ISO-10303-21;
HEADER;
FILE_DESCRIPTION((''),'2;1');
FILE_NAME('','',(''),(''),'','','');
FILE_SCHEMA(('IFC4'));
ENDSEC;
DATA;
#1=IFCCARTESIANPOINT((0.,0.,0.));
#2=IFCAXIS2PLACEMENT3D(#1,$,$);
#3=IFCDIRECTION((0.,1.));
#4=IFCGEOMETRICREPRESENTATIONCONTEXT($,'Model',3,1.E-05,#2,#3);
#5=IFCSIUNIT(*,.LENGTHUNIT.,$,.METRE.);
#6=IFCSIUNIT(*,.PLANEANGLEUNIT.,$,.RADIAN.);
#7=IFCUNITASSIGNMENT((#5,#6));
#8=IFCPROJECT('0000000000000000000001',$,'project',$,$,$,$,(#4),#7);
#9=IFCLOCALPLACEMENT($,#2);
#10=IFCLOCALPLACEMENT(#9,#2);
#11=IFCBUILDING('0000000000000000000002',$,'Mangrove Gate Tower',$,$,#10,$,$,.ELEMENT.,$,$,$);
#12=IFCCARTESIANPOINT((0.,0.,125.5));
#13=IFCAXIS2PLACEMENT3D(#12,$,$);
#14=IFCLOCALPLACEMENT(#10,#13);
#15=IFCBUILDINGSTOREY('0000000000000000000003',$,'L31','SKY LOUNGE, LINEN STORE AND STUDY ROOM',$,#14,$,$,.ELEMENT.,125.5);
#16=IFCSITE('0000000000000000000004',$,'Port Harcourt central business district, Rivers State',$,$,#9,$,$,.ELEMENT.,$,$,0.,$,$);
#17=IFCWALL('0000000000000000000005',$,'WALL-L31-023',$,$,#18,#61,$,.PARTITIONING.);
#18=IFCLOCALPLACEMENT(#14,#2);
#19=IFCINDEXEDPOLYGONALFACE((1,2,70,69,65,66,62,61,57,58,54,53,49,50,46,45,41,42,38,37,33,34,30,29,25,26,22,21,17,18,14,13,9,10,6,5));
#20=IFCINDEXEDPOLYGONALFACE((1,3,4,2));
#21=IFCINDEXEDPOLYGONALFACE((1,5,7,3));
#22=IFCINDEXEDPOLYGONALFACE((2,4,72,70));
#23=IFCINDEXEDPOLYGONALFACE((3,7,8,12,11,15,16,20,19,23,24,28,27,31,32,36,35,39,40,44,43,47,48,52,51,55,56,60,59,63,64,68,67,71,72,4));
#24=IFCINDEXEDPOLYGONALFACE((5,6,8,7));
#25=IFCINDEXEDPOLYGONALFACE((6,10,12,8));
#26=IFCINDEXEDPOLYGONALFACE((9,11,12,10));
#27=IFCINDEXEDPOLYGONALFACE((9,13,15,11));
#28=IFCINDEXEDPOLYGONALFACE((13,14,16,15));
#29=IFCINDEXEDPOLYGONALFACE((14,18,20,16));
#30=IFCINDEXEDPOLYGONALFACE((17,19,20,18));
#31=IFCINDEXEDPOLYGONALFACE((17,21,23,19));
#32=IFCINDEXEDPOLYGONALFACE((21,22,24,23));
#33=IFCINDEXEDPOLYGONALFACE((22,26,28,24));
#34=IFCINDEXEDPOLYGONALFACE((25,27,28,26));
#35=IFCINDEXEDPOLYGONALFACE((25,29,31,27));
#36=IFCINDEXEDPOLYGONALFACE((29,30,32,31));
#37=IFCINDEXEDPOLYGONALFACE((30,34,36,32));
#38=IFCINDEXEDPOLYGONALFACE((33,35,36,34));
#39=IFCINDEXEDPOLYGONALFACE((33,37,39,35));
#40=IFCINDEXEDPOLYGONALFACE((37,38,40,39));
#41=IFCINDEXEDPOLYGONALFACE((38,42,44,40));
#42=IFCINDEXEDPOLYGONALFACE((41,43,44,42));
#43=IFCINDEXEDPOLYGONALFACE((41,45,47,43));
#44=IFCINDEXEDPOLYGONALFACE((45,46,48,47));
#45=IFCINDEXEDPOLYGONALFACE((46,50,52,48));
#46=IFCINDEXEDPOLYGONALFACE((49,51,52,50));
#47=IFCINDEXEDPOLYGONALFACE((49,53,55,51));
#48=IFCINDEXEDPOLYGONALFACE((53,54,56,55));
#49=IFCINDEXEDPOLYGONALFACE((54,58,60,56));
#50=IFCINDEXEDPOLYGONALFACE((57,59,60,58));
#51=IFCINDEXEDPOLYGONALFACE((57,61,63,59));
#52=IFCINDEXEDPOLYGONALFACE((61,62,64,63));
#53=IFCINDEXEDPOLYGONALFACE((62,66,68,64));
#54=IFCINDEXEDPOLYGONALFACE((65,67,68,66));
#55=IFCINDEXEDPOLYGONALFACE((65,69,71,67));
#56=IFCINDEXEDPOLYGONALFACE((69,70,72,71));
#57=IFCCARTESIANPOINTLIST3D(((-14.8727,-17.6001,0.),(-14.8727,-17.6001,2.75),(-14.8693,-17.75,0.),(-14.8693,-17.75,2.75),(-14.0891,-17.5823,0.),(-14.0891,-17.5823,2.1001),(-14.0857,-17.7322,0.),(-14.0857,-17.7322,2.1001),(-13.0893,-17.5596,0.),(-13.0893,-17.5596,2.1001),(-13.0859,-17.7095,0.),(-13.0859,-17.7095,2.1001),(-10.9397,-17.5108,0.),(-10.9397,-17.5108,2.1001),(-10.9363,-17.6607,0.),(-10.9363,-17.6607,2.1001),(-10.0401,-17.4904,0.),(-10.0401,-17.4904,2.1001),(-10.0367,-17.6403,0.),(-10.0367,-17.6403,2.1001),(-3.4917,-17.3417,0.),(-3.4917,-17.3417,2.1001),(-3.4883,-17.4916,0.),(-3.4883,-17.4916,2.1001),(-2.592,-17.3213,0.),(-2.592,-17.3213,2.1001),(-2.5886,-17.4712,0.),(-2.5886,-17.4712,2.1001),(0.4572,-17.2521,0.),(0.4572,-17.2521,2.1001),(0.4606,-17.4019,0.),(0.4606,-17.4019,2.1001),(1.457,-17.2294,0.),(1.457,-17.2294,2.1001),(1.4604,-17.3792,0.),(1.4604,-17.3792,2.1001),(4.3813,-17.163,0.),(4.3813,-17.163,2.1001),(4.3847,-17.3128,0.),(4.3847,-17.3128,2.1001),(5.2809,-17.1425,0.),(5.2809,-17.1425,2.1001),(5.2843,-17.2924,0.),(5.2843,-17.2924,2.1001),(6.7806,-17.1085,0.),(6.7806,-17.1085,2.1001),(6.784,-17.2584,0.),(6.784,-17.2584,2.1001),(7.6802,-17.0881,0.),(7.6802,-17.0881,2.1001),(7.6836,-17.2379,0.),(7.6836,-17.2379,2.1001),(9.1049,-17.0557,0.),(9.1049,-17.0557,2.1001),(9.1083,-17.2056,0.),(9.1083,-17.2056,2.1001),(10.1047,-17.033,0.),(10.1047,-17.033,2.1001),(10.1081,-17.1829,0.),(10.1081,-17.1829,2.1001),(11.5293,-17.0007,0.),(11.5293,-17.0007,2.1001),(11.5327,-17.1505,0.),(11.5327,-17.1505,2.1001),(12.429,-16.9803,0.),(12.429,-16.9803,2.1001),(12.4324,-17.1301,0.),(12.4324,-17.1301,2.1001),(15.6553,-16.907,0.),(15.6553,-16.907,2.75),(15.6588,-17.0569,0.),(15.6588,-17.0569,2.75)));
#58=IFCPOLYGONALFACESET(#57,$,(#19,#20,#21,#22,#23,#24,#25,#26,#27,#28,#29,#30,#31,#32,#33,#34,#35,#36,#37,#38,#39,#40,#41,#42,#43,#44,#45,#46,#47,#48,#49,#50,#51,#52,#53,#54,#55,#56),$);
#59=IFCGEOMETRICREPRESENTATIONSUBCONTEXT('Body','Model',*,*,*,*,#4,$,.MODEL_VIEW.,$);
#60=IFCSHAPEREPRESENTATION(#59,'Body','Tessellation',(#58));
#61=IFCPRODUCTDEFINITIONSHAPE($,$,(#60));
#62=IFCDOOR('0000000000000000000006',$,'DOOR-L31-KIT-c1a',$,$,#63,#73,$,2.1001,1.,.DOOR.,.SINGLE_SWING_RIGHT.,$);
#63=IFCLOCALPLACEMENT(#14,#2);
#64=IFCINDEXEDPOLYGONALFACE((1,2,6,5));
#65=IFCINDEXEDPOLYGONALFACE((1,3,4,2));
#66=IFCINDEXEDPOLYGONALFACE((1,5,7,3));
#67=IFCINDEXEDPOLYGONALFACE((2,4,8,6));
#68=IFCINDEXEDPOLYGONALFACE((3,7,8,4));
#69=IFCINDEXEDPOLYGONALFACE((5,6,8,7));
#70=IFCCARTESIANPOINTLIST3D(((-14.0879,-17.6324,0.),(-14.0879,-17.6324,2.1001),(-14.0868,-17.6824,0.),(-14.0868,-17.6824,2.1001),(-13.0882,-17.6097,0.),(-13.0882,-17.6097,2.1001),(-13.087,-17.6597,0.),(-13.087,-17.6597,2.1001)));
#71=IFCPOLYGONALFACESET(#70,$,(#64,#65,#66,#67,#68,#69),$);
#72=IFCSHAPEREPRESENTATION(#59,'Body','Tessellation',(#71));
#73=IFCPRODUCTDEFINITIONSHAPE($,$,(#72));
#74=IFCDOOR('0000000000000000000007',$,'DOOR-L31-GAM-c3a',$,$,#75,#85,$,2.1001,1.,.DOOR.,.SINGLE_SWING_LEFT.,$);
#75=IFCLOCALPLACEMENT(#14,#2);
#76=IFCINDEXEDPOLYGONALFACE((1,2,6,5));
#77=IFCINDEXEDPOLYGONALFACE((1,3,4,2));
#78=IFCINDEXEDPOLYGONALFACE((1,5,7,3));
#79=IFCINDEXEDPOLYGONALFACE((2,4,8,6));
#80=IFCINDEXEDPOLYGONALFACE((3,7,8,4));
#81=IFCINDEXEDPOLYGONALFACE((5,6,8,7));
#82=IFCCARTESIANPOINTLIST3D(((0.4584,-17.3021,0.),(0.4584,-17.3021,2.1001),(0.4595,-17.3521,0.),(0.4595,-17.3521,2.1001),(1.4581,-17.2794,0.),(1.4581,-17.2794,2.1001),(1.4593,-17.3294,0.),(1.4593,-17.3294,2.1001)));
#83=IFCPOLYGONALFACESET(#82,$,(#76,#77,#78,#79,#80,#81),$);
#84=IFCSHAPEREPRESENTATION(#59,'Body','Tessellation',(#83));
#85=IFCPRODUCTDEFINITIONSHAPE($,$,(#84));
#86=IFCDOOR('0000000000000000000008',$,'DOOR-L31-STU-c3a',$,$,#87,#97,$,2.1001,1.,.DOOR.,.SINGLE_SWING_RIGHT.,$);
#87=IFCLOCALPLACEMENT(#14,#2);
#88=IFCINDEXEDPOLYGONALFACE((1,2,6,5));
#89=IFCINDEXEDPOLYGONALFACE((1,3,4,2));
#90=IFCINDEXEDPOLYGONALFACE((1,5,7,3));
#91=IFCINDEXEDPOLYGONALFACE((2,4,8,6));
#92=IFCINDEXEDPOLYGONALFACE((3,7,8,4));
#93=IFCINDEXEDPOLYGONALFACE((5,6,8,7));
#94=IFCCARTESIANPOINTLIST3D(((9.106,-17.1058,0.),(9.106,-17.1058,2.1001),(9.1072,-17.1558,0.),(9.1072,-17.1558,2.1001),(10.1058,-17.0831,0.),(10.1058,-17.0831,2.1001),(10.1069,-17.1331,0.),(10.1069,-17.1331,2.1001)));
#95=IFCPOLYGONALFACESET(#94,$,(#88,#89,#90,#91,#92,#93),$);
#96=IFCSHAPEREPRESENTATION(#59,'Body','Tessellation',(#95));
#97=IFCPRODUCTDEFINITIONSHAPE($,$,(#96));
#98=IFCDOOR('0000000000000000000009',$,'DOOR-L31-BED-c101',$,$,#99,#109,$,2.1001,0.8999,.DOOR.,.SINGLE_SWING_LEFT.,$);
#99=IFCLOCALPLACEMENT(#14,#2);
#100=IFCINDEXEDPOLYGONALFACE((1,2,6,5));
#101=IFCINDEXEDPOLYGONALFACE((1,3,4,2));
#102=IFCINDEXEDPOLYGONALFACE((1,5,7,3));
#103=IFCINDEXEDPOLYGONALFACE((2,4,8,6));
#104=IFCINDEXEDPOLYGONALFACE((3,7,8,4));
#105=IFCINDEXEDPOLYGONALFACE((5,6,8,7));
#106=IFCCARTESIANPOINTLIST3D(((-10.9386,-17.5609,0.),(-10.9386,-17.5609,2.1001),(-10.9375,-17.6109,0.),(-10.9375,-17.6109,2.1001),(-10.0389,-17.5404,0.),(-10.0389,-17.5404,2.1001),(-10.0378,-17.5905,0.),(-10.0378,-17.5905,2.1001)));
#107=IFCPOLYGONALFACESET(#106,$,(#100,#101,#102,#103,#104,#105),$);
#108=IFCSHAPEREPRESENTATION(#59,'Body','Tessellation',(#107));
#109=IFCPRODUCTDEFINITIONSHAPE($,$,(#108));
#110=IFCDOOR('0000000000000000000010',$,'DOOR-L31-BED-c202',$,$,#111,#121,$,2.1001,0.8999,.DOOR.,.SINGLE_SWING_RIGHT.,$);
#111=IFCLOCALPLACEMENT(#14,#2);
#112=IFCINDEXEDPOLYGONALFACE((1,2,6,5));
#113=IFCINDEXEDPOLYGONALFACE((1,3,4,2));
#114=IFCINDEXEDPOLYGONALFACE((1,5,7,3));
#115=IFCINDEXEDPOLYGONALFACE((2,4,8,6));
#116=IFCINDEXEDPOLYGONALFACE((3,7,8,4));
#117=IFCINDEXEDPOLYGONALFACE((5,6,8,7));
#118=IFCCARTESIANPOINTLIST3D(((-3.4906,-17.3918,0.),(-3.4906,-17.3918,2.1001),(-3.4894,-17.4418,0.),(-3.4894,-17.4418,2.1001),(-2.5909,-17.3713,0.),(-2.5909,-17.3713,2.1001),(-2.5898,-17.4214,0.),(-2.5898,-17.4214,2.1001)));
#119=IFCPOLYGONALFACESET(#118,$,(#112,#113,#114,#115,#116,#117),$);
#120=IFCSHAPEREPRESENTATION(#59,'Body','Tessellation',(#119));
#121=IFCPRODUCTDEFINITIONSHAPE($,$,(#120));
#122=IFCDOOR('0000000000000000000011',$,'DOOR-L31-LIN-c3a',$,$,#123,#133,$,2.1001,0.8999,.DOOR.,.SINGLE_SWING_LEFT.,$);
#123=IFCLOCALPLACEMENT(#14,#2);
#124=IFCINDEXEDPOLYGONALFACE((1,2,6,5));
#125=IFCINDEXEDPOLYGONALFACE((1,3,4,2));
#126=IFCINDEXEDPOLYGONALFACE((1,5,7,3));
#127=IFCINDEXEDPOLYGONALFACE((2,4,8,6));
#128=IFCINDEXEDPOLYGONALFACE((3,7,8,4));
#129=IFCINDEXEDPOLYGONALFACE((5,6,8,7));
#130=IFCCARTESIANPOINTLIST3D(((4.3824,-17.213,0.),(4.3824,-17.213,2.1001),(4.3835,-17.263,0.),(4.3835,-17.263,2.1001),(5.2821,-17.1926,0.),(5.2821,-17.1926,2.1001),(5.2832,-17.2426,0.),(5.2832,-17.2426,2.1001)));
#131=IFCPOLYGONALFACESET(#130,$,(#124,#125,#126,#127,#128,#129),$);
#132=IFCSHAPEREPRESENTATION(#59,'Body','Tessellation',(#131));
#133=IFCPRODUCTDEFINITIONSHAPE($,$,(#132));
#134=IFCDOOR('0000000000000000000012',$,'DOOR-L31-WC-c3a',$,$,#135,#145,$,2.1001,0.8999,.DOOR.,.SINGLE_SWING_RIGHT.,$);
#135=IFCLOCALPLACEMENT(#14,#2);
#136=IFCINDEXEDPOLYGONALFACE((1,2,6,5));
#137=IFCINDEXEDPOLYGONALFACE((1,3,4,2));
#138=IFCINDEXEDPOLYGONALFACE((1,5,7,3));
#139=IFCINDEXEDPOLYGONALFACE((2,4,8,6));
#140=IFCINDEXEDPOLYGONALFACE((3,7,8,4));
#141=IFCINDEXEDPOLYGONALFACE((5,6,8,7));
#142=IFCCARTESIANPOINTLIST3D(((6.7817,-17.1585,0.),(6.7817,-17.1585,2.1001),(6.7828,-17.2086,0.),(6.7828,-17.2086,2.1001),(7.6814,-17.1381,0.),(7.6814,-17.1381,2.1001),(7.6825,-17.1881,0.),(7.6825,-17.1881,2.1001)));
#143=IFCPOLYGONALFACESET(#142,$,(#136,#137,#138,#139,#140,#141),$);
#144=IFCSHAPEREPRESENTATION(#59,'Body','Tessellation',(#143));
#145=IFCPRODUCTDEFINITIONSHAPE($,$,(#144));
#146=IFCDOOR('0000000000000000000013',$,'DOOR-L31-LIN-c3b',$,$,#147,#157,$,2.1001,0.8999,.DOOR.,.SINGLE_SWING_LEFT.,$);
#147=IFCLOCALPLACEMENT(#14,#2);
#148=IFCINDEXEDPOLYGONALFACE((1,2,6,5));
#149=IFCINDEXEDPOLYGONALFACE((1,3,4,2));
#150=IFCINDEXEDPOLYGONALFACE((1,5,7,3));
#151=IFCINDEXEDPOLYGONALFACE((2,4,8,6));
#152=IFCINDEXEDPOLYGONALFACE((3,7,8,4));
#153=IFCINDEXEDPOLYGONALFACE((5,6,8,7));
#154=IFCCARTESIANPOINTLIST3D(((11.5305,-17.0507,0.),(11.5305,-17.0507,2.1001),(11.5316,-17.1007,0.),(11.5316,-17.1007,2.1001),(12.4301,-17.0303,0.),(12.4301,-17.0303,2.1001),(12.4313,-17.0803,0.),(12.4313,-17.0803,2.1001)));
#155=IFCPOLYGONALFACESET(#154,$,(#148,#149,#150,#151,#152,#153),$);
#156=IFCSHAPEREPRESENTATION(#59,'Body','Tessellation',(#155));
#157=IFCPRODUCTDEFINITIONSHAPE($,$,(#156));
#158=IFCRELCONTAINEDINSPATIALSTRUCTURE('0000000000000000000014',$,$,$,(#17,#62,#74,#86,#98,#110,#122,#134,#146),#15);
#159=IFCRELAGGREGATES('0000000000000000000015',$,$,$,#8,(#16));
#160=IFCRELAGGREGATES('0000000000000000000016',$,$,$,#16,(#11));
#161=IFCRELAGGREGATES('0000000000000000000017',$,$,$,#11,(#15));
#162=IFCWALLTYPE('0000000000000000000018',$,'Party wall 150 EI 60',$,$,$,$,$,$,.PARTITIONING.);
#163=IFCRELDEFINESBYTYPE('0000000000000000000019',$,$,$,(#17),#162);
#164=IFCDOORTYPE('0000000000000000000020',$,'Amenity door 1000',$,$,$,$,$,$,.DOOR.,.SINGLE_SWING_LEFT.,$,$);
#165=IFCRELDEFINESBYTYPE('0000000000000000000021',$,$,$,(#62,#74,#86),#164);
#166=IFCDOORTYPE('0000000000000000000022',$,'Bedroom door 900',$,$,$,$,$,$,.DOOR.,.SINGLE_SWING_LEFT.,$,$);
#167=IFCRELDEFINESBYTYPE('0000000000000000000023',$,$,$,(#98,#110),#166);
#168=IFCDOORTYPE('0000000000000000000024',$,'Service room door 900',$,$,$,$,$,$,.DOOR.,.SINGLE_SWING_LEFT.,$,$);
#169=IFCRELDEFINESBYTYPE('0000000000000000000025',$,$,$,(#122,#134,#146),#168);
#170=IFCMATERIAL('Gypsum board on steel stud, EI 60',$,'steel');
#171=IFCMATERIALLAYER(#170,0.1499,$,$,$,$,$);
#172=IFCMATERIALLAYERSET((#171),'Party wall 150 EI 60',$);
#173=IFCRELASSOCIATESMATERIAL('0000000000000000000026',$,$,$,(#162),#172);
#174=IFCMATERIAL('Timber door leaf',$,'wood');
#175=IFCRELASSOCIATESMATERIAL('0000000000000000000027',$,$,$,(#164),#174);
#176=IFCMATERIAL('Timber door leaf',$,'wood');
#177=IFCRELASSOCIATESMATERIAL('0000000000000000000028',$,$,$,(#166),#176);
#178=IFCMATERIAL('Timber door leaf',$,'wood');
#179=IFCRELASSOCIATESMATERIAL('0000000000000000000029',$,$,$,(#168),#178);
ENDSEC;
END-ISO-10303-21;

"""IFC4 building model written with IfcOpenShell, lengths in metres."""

from ifc_helpers import new_model, si_unit, direction, frame, frame_2d, origin, place, context, subcontext, project, spatial, rectangle, extrude, material, layer, layer_set, type_object, element, fill, save


model = new_model("IFC4")

# Units and contexts
model_context = context("Model", 3, precision=1e-05, world=origin(), true_north=direction((0.0, 1.0)))
body_context = subcontext(model_context, "Body", "Model", "MODEL_VIEW")
ifc_project = project(units=[si_unit("LENGTHUNIT", "METRE"), si_unit("PLANEANGLEUNIT", "RADIAN")], contexts=[model_context])

# Site, building, storey
site_placement = place(None, origin())
site = spatial("IfcSite", under=ifc_project, at=site_placement, Name="Port Harcourt central business district, Rivers State", CompositionType="ELEMENT", RefElevation=0.0)
building_placement = place(site_placement, origin())
building = spatial("IfcBuilding", under=site, at=building_placement, Name="Mangrove Gate Tower", CompositionType="ELEMENT")
storey_placement = place(building_placement, frame((0.0, 0.0, 125.5)))
storey = spatial("IfcBuildingStorey", under=building, at=storey_placement, Name="L31", Description="SKY LOUNGE, LINEN STORE AND STUDY ROOM", CompositionType="ELEMENT", Elevation=125.5)

# Shared definitions
ifc_material_1 = material(Name="Gypsum board on steel stud, EI 60", Category="steel")
ifc_layer = layer(ifc_material_1, 0.1499)
ifc_layer_set = layer_set([ifc_layer], Name="Party wall 150 EI 60")
wall_type = type_object("IfcWallType", Name="Party wall 150 EI 60", PredefinedType="PARTITIONING", material=ifc_layer_set)

# Wall, openings, doors
wall_1_placement = place(storey_placement, frame((-14.8711, -17.675, 0.0), z_axis=(0.0, 0.0, 1.0), x_axis=(0.999742, 0.022698, 0.0)))
wall_1 = element("IfcWall", 1, at=wall_1_placement, inside=storey, type_object=wall_type, Name="WALL-L31-023", PredefinedType="PARTITIONING", context=body_context, shape_type="SweptSolid", body=[
    extrude(rectangle(XDim=30.5359, YDim=0.1499, at=frame_2d((15.2681, 0.0))), origin(), (0.0, 0.0, 1.0), 2.75),
])
opening_1_placement = place(wall_1_placement, frame((0.7839, 0.0, 0.0)))
opening_1 = element("IfcOpeningElement", 2, at=opening_1_placement, cuts=wall_1, PredefinedType="OPENING", context=body_context, shape_type="SweptSolid", body=[
    extrude(rectangle(XDim=1.0, YDim=2.1001, at=frame_2d((0.5, 1.05))), frame((0.0, 0.085, 0.0), z_axis=(0.0, -1.0, 0.0), x_axis=(1.0, 0.0, 0.0)), (0.0, 0.0, 1.0), 0.1699),
])
opening_2_placement = place(wall_1_placement, frame((3.9341, 0.0, 0.0)))
opening_2 = element("IfcOpeningElement", 3, at=opening_2_placement, cuts=wall_1, PredefinedType="OPENING", context=body_context, shape_type="SweptSolid", body=[
    extrude(rectangle(XDim=0.8999, YDim=2.1001, at=frame_2d((0.45, 1.05))), frame((0.0, 0.085, 0.0), z_axis=(0.0, -1.0, 0.0), x_axis=(1.0, 0.0, 0.0)), (0.0, 0.0, 1.0), 0.1699),
])
opening_3_placement = place(wall_1_placement, frame((11.384, 0.0, 0.0)))
opening_3 = element("IfcOpeningElement", 4, at=opening_3_placement, cuts=wall_1, PredefinedType="OPENING", context=body_context, shape_type="SweptSolid", body=[
    extrude(rectangle(XDim=0.8999, YDim=2.1001, at=frame_2d((0.45, 1.05))), frame((0.0, 0.085, 0.0), z_axis=(0.0, -1.0, 0.0), x_axis=(1.0, 0.0, 0.0)), (0.0, 0.0, 1.0), 0.1699),
])
opening_4_placement = place(wall_1_placement, frame((15.334, 0.0, 0.0)))
opening_4 = element("IfcOpeningElement", 5, at=opening_4_placement, cuts=wall_1, PredefinedType="OPENING", context=body_context, shape_type="SweptSolid", body=[
    extrude(rectangle(XDim=1.0, YDim=2.1001, at=frame_2d((0.5, 1.05))), frame((0.0, 0.085, 0.0), z_axis=(0.0, -1.0, 0.0), x_axis=(1.0, 0.0, 0.0)), (0.0, 0.0, 1.0), 0.1699),
])
opening_5_placement = place(wall_1_placement, frame((19.259, 0.0, 0.0)))
opening_5 = element("IfcOpeningElement", 6, at=opening_5_placement, cuts=wall_1, PredefinedType="OPENING", context=body_context, shape_type="SweptSolid", body=[
    extrude(rectangle(XDim=0.8999, YDim=2.1001, at=frame_2d((0.45, 1.05))), frame((0.0, 0.085, 0.0), z_axis=(0.0, -1.0, 0.0), x_axis=(1.0, 0.0, 0.0)), (0.0, 0.0, 1.0), 0.1699),
])
opening_6_placement = place(wall_1_placement, frame((23.9839, 0.0, 0.0)))
opening_6 = element("IfcOpeningElement", 7, at=opening_6_placement, cuts=wall_1, PredefinedType="OPENING", context=body_context, shape_type="SweptSolid", body=[
    extrude(rectangle(XDim=1.0, YDim=2.1001, at=frame_2d((0.5, 1.05))), frame((0.0, 0.085, 0.0), z_axis=(0.0, -1.0, 0.0), x_axis=(1.0, 0.0, 0.0)), (0.0, 0.0, 1.0), 0.1699),
])
opening_7_placement = place(wall_1_placement, frame((21.6589, 0.0, 0.0)))
opening_7 = element("IfcOpeningElement", 8, at=opening_7_placement, cuts=wall_1, PredefinedType="OPENING", context=body_context, shape_type="SweptSolid", body=[
    extrude(rectangle(XDim=0.8999, YDim=2.1001, at=frame_2d((0.45, 1.05))), frame((0.0, 0.085, 0.0), z_axis=(0.0, -1.0, 0.0), x_axis=(1.0, 0.0, 0.0)), (0.0, 0.0, 1.0), 0.1699),
])
opening_8_placement = place(wall_1_placement, frame((26.4089, 0.0, 0.0)))
opening_8 = element("IfcOpeningElement", 9, at=opening_8_placement, cuts=wall_1, PredefinedType="OPENING", context=body_context, shape_type="SweptSolid", body=[
    extrude(rectangle(XDim=0.8999, YDim=2.1001, at=frame_2d((0.45, 1.05))), frame((0.0, 0.085, 0.0), z_axis=(0.0, -1.0, 0.0), x_axis=(1.0, 0.0, 0.0)), (0.0, 0.0, 1.0), 0.1699),
])
ifc_material_2 = material(Name="Timber door leaf", Category="wood")
door_type_1 = type_object("IfcDoorType", Name="Amenity door 1000", OperationType="SINGLE_SWING_LEFT", PredefinedType="DOOR", material=ifc_material_2)
door_1_placement = place(opening_1_placement, origin())
door_1 = element("IfcDoor", 10, at=door_1_placement, inside=storey, type_object=door_type_1, Name="DOOR-L31-KIT-c1a", OperationType="SINGLE_SWING_RIGHT", OverallHeight=2.1001, OverallWidth=1.0, PredefinedType="DOOR", context=body_context, shape_type="SweptSolid", body=[
    extrude(rectangle(XDim=1.0, YDim=2.1001, at=frame_2d((0.5, 1.05))), frame((0.0, 0.0249, 0.0), z_axis=(0.0, -1.0, 0.0), x_axis=(1.0, 0.0, 0.0)), (0.0, 0.0, 1.0), 0.05),
])
fill(opening_1, door_1)
door_2_placement = place(opening_4_placement, origin())
door_2 = element("IfcDoor", 11, at=door_2_placement, inside=storey, type_object=door_type_1, Name="DOOR-L31-GAM-c3a", OperationType="SINGLE_SWING_LEFT", OverallHeight=2.1001, OverallWidth=1.0, PredefinedType="DOOR", context=body_context, shape_type="SweptSolid", body=[
    extrude(rectangle(XDim=1.0, YDim=2.1001, at=frame_2d((0.5, 1.05))), frame((0.0, 0.0249, 0.0), z_axis=(0.0, -1.0, 0.0), x_axis=(1.0, 0.0, 0.0)), (0.0, 0.0, 1.0), 0.05),
])
fill(opening_4, door_2)
door_3_placement = place(opening_6_placement, origin())
door_3 = element("IfcDoor", 12, at=door_3_placement, inside=storey, type_object=door_type_1, Name="DOOR-L31-STU-c3a", OperationType="SINGLE_SWING_RIGHT", OverallHeight=2.1001, OverallWidth=1.0, PredefinedType="DOOR", context=body_context, shape_type="SweptSolid", body=[
    extrude(rectangle(XDim=1.0, YDim=2.1001, at=frame_2d((0.5, 1.05))), frame((0.0, 0.0249, 0.0), z_axis=(0.0, -1.0, 0.0), x_axis=(1.0, 0.0, 0.0)), (0.0, 0.0, 1.0), 0.05),
])
fill(opening_6, door_3)
ifc_material_3 = material(Name="Timber door leaf", Category="wood")
door_type_2 = type_object("IfcDoorType", Name="Bedroom door 900", OperationType="SINGLE_SWING_LEFT", PredefinedType="DOOR", material=ifc_material_3)
door_4_placement = place(opening_2_placement, origin())
door_4 = element("IfcDoor", 13, at=door_4_placement, inside=storey, type_object=door_type_2, Name="DOOR-L31-BED-c101", OperationType="SINGLE_SWING_LEFT", OverallHeight=2.1001, OverallWidth=0.8999, PredefinedType="DOOR", context=body_context, shape_type="SweptSolid", body=[
    extrude(rectangle(XDim=0.8999, YDim=2.1001, at=frame_2d((0.45, 1.05))), frame((0.0, 0.0249, 0.0), z_axis=(0.0, -1.0, 0.0), x_axis=(1.0, 0.0, 0.0)), (0.0, 0.0, 1.0), 0.05),
])
fill(opening_2, door_4)
door_5_placement = place(opening_3_placement, origin())
door_5 = element("IfcDoor", 14, at=door_5_placement, inside=storey, type_object=door_type_2, Name="DOOR-L31-BED-c202", OperationType="SINGLE_SWING_RIGHT", OverallHeight=2.1001, OverallWidth=0.8999, PredefinedType="DOOR", context=body_context, shape_type="SweptSolid", body=[
    extrude(rectangle(XDim=0.8999, YDim=2.1001, at=frame_2d((0.45, 1.05))), frame((0.0, 0.0249, 0.0), z_axis=(0.0, -1.0, 0.0), x_axis=(1.0, 0.0, 0.0)), (0.0, 0.0, 1.0), 0.05),
])
fill(opening_3, door_5)
ifc_material_4 = material(Name="Timber door leaf", Category="wood")
door_type_3 = type_object("IfcDoorType", Name="Service room door 900", OperationType="SINGLE_SWING_LEFT", PredefinedType="DOOR", material=ifc_material_4)
door_6_placement = place(opening_5_placement, origin())
door_6 = element("IfcDoor", 15, at=door_6_placement, inside=storey, type_object=door_type_3, Name="DOOR-L31-LIN-c3a", OperationType="SINGLE_SWING_LEFT", OverallHeight=2.1001, OverallWidth=0.8999, PredefinedType="DOOR", context=body_context, shape_type="SweptSolid", body=[
    extrude(rectangle(XDim=0.8999, YDim=2.1001, at=frame_2d((0.45, 1.05))), frame((0.0, 0.0249, 0.0), z_axis=(0.0, -1.0, 0.0), x_axis=(1.0, 0.0, 0.0)), (0.0, 0.0, 1.0), 0.05),
])
fill(opening_5, door_6)
door_7_placement = place(opening_7_placement, origin())
door_7 = element("IfcDoor", 16, at=door_7_placement, inside=storey, type_object=door_type_3, Name="DOOR-L31-WC-c3a", OperationType="SINGLE_SWING_RIGHT", OverallHeight=2.1001, OverallWidth=0.8999, PredefinedType="DOOR", context=body_context, shape_type="SweptSolid", body=[
    extrude(rectangle(XDim=0.8999, YDim=2.1001, at=frame_2d((0.45, 1.05))), frame((0.0, 0.0249, 0.0), z_axis=(0.0, -1.0, 0.0), x_axis=(1.0, 0.0, 0.0)), (0.0, 0.0, 1.0), 0.05),
])
fill(opening_7, door_7)
door_8_placement = place(opening_8_placement, origin())
door_8 = element("IfcDoor", 17, at=door_8_placement, inside=storey, type_object=door_type_3, Name="DOOR-L31-LIN-c3b", OperationType="SINGLE_SWING_LEFT", OverallHeight=2.1001, OverallWidth=0.8999, PredefinedType="DOOR", context=body_context, shape_type="SweptSolid", body=[
    extrude(rectangle(XDim=0.8999, YDim=2.1001, at=frame_2d((0.45, 1.05))), frame((0.0, 0.0249, 0.0), z_axis=(0.0, -1.0, 0.0), x_axis=(1.0, 0.0, 0.0)), (0.0, 0.0, 1.0), 0.05),
])
fill(opening_8, door_8)

save(model, "model.ifc")
